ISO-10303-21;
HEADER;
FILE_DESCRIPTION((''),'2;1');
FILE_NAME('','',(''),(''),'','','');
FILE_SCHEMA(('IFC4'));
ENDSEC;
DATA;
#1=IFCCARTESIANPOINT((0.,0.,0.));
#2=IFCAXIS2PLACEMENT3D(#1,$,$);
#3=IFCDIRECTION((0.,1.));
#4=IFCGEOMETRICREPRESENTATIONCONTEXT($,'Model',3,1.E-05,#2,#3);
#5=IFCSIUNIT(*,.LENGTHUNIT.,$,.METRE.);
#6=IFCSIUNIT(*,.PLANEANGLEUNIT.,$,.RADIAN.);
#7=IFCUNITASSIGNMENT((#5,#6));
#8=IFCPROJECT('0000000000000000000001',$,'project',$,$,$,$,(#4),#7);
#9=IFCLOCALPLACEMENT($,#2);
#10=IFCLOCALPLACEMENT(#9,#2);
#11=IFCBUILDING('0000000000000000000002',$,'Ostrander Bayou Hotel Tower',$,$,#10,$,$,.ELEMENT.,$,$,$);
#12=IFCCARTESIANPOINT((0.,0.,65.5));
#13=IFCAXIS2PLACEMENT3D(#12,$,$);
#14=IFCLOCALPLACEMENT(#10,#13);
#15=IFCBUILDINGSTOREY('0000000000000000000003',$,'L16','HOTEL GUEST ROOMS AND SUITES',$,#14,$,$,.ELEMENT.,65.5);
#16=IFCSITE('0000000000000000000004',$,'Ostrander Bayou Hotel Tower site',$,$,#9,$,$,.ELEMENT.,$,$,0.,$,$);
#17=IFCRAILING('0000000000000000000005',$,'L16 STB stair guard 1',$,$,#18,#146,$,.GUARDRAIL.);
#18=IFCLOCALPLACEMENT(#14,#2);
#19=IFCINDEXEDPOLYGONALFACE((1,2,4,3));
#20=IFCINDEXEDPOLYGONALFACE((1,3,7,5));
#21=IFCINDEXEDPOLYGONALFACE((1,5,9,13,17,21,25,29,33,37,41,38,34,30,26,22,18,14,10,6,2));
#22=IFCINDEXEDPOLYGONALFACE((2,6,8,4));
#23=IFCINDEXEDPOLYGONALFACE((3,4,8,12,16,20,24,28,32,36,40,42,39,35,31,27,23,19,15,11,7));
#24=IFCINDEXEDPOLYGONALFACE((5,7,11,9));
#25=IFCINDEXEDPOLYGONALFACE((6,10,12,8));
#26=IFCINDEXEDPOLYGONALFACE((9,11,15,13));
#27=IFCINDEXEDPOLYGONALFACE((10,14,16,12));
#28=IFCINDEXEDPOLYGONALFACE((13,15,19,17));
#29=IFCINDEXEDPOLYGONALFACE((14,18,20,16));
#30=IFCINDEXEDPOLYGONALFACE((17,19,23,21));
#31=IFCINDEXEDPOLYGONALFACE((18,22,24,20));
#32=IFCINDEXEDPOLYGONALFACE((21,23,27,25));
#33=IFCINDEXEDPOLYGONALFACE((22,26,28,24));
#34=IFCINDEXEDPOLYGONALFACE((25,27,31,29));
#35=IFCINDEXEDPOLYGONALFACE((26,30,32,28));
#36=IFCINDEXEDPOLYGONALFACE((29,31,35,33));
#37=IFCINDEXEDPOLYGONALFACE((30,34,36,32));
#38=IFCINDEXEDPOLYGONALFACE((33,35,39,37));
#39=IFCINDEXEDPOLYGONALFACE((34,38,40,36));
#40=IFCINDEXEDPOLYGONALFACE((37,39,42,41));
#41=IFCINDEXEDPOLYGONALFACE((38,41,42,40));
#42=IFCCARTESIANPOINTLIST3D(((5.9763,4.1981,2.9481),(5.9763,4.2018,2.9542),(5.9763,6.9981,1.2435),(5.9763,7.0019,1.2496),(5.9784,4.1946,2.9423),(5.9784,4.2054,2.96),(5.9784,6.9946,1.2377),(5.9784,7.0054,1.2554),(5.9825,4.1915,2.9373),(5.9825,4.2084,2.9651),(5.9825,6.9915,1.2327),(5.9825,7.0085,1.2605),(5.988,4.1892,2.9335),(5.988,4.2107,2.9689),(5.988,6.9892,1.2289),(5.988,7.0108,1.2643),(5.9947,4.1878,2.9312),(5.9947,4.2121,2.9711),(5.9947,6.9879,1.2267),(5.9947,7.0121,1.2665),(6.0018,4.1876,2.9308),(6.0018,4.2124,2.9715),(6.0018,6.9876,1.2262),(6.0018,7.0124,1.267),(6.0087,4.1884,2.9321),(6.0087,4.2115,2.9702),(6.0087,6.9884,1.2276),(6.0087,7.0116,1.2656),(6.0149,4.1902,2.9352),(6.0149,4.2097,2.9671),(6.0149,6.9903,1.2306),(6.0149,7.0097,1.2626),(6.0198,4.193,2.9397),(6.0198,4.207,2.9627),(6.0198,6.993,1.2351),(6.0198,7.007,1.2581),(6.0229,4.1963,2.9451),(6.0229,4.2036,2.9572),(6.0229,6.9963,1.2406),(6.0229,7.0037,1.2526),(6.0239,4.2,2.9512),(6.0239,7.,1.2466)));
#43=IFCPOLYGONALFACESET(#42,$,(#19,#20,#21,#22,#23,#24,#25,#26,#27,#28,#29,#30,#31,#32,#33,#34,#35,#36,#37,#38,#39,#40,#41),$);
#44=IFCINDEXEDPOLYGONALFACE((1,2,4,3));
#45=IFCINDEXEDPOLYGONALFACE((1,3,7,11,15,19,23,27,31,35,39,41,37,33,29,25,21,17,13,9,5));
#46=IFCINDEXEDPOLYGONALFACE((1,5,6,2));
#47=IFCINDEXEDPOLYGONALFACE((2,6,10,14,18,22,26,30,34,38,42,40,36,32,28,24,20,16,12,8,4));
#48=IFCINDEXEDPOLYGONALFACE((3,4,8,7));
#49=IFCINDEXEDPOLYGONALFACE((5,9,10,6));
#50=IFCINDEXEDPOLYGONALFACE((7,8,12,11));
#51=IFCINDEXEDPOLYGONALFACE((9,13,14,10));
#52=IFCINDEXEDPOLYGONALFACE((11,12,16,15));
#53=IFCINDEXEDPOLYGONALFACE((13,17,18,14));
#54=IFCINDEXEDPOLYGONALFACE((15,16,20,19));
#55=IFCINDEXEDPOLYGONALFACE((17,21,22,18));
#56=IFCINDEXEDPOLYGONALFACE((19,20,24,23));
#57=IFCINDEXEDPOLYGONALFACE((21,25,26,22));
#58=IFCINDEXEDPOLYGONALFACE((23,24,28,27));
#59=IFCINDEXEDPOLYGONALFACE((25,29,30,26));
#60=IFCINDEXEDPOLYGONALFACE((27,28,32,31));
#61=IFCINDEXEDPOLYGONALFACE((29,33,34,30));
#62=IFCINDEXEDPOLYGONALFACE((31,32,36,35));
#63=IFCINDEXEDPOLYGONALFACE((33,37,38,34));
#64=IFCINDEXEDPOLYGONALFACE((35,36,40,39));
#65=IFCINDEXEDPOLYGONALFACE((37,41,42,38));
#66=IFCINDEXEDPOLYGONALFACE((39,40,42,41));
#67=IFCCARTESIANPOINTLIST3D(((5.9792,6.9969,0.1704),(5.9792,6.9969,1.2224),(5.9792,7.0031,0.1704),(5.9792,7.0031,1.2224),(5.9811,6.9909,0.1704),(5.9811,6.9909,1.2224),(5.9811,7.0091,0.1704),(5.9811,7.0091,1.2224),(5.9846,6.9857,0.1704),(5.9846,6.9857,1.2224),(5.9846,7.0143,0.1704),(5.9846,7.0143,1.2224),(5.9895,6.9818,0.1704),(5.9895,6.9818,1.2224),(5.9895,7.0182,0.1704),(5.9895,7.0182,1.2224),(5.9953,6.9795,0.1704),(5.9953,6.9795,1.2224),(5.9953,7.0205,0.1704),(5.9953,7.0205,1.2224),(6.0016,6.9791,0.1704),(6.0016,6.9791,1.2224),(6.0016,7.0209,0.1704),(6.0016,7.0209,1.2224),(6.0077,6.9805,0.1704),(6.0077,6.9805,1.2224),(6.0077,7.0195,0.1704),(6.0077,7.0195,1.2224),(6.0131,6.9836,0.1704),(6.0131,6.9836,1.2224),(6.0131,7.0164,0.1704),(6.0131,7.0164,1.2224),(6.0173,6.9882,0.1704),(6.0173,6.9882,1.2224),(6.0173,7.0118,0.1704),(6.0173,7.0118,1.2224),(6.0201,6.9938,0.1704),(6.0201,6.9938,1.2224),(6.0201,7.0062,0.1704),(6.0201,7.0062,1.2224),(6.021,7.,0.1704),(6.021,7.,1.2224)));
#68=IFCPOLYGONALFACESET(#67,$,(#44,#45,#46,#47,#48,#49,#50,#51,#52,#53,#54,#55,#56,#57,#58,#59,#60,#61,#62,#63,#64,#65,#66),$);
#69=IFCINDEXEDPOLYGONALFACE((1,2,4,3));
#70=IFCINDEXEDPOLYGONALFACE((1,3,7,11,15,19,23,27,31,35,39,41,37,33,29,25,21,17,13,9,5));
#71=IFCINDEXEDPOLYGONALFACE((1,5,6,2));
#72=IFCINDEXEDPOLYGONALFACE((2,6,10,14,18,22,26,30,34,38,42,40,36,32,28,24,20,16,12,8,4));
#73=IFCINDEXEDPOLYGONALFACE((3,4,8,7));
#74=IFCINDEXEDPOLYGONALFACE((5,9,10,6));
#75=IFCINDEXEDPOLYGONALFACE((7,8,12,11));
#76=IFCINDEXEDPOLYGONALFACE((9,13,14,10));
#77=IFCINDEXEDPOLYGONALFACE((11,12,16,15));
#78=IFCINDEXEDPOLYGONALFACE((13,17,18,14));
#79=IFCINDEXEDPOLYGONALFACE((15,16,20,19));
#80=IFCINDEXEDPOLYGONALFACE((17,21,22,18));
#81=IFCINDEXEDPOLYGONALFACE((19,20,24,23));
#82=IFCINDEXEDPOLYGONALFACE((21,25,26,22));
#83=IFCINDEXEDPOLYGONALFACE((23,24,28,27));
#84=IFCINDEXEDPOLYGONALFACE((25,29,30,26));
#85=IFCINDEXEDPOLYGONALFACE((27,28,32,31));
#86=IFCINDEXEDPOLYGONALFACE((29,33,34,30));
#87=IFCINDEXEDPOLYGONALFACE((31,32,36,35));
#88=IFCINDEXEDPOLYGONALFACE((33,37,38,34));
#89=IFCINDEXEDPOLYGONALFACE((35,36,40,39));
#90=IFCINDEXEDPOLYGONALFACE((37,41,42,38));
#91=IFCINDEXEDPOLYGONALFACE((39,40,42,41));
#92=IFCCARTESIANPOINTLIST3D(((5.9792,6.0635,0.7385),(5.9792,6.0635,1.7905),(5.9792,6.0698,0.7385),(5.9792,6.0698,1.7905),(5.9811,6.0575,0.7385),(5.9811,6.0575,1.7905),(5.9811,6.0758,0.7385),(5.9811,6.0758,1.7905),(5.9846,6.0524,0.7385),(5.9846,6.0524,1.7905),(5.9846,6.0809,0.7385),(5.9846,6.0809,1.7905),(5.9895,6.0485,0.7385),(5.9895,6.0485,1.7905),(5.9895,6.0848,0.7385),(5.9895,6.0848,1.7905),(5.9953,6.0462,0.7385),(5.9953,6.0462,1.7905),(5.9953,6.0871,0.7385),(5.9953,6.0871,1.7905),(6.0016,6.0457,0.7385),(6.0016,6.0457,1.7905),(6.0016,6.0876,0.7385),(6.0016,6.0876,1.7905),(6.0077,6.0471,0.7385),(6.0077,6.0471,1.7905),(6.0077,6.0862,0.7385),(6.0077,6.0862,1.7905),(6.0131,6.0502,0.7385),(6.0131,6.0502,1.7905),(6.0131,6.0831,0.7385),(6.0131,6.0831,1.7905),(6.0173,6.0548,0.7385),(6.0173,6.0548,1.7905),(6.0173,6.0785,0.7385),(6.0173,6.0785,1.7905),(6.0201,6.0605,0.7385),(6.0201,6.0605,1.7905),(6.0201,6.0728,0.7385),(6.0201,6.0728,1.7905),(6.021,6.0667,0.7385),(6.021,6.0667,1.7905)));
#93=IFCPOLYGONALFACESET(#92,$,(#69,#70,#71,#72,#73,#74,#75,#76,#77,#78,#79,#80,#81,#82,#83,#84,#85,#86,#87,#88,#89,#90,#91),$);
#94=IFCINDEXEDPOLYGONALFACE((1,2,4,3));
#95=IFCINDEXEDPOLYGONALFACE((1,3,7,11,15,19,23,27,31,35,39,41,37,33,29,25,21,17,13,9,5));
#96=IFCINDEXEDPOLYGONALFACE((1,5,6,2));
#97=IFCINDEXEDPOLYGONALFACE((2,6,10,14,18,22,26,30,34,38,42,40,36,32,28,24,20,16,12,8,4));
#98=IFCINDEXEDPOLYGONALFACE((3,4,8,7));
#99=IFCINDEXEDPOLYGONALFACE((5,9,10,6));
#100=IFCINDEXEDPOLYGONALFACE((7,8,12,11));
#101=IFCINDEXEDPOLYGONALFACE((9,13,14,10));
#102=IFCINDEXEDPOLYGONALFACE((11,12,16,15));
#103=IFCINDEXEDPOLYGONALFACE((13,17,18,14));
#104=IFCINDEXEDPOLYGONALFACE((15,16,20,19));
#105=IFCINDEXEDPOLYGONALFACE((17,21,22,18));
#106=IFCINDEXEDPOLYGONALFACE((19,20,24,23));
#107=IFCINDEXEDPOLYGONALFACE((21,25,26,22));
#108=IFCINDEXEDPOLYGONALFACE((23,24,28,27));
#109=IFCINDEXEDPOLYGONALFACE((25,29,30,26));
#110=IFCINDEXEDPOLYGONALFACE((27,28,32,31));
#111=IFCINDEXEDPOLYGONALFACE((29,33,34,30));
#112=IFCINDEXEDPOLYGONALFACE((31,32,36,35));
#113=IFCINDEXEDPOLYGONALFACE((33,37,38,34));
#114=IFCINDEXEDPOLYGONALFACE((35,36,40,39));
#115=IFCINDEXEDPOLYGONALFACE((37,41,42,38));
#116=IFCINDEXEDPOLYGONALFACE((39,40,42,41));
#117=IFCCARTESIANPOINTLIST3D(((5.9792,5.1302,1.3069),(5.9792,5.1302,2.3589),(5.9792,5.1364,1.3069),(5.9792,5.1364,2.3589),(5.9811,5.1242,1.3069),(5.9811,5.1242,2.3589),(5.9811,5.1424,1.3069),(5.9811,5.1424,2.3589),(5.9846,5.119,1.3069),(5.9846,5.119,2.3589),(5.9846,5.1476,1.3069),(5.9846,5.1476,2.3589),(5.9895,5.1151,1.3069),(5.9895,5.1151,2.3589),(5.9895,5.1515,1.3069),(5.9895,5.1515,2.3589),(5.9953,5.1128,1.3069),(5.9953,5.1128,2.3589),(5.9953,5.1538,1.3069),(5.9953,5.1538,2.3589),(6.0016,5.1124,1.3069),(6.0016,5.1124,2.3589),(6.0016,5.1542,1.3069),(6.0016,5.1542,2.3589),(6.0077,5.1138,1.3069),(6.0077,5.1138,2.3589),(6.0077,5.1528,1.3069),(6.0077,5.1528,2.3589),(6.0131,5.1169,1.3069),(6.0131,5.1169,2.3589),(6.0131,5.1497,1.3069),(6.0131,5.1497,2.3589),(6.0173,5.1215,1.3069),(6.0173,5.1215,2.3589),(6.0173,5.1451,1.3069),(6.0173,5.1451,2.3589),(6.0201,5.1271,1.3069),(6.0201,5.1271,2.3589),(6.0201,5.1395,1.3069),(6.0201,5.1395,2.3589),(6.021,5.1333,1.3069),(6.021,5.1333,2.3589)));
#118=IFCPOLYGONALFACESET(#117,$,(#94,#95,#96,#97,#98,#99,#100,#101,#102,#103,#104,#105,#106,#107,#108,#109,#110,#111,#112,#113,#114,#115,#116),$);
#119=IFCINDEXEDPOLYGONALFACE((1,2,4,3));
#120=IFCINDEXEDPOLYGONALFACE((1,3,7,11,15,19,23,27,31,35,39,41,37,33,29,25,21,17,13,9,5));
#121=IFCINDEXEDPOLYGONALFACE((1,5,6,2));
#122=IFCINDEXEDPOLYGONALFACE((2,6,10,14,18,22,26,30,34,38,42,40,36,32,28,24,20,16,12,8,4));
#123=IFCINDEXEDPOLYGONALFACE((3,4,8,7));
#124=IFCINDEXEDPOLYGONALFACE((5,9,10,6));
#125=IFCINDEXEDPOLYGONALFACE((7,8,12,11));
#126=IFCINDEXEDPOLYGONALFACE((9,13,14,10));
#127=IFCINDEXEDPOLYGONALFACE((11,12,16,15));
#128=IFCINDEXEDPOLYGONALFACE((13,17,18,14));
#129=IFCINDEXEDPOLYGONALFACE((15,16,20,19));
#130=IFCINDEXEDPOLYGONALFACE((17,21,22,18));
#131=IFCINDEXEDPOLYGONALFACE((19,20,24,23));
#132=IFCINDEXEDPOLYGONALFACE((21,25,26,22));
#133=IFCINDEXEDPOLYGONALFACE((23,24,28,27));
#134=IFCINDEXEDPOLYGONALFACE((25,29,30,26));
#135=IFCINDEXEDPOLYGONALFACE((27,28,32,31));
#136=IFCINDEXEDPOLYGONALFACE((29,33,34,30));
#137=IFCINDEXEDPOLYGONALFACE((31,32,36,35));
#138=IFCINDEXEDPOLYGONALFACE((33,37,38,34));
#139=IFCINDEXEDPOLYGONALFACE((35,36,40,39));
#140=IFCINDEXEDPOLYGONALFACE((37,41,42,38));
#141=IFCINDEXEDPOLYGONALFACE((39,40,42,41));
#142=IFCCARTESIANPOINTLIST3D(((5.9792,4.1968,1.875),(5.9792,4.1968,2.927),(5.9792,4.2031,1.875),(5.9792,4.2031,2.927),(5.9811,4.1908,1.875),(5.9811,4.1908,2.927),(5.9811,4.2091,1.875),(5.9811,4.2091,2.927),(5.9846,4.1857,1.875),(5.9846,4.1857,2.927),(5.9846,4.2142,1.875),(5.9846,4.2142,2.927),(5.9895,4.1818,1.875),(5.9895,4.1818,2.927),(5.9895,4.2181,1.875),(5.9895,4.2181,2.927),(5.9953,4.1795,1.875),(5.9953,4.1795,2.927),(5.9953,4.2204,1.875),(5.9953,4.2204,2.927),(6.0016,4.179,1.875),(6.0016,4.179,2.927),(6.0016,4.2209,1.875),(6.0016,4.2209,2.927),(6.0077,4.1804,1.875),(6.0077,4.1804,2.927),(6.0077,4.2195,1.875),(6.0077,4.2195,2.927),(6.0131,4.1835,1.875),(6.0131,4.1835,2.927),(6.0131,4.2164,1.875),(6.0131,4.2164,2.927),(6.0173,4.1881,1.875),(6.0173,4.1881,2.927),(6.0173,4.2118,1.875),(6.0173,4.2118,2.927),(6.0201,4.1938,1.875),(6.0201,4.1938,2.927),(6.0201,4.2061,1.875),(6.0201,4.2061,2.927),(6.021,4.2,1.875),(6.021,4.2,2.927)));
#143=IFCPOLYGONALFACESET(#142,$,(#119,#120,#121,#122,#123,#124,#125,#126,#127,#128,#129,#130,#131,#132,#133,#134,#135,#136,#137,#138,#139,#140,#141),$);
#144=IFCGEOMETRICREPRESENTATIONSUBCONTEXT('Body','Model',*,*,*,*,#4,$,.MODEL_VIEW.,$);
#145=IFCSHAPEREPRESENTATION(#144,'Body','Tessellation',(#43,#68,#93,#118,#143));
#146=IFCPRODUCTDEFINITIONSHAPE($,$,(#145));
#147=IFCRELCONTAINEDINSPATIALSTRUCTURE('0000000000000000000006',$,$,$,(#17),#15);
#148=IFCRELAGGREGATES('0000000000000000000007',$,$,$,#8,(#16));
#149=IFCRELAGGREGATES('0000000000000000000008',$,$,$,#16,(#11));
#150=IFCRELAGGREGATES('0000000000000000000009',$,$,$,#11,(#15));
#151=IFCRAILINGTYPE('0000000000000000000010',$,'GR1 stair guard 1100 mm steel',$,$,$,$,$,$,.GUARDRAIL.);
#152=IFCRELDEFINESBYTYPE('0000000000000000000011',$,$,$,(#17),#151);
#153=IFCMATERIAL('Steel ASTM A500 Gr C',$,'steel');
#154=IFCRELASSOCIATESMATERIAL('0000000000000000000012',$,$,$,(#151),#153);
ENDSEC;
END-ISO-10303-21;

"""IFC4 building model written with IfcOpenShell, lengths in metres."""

from ifc_helpers import new_model, si_unit, direction, frame, origin, origin_2d, place, context, subcontext, project, spatial, circle, extrude, material, type_object, element, save


model = new_model("IFC4")

# Units and contexts
model_context = context("Model", 3, precision=1e-05, world=origin(), true_north=direction((0.0, 1.0)))
body_context = subcontext(model_context, "Body", "Model", "MODEL_VIEW")
ifc_project = project(units=[si_unit("LENGTHUNIT", "METRE"), si_unit("PLANEANGLEUNIT", "RADIAN")], contexts=[model_context])

# Site, building, storey
site_placement = place(None, origin())
site = spatial("IfcSite", under=ifc_project, at=site_placement, Name="Ostrander Bayou Hotel Tower site", CompositionType="ELEMENT", RefElevation=0.0)
building_placement = place(site_placement, origin())
building = spatial("IfcBuilding", under=site, at=building_placement, Name="Ostrander Bayou Hotel Tower", CompositionType="ELEMENT")
storey_placement = place(building_placement, frame((0.0, 0.0, 65.5)))
storey = spatial("IfcBuildingStorey", under=building, at=storey_placement, Name="L16", Description="HOTEL GUEST ROOMS AND SUITES", CompositionType="ELEMENT", Elevation=65.5)

# Railing
ifc_material_1 = material(Name="Steel ASTM A500 Gr C", Category="steel")
railing_type_1 = type_object("IfcRailingType", Name="GR1 stair guard 1100 mm steel", PredefinedType="GUARDRAIL", material=ifc_material_1)
railing_1_placement = place(storey_placement, frame((6.0, 7.0, 0.1704)))
element("IfcRailing", 1, at=railing_1_placement, inside=storey, type_object=railing_type_1, Name="L16 STB stair guard 1", PredefinedType="GUARDRAIL", context=body_context, shape_type="SweptSolid", body=[
    extrude(circle(Radius=0.0239, at=origin_2d()), frame((0.0, 0.0, 1.0762), z_axis=(0.0, -0.85417, 0.519994), x_axis=(1.0, 0.0, 0.0)), (0.0, 0.0, 1.0), 3.2781),
    extrude(circle(Radius=0.021, at=origin_2d()), origin(), (0.0, 0.0, 1.0), 1.052),
    extrude(circle(Radius=0.021, at=origin_2d()), frame((0.0, -0.9333, 0.5681)), (0.0, 0.0, 1.0), 1.052),
    extrude(circle(Radius=0.021, at=origin_2d()), frame((0.0, -1.8667, 1.1365)), (0.0, 0.0, 1.0), 1.052),
    extrude(circle(Radius=0.021, at=origin_2d()), frame((0.0, -2.8, 1.7046)), (0.0, 0.0, 1.0), 1.052),
])

save(model, "model.ifc")
